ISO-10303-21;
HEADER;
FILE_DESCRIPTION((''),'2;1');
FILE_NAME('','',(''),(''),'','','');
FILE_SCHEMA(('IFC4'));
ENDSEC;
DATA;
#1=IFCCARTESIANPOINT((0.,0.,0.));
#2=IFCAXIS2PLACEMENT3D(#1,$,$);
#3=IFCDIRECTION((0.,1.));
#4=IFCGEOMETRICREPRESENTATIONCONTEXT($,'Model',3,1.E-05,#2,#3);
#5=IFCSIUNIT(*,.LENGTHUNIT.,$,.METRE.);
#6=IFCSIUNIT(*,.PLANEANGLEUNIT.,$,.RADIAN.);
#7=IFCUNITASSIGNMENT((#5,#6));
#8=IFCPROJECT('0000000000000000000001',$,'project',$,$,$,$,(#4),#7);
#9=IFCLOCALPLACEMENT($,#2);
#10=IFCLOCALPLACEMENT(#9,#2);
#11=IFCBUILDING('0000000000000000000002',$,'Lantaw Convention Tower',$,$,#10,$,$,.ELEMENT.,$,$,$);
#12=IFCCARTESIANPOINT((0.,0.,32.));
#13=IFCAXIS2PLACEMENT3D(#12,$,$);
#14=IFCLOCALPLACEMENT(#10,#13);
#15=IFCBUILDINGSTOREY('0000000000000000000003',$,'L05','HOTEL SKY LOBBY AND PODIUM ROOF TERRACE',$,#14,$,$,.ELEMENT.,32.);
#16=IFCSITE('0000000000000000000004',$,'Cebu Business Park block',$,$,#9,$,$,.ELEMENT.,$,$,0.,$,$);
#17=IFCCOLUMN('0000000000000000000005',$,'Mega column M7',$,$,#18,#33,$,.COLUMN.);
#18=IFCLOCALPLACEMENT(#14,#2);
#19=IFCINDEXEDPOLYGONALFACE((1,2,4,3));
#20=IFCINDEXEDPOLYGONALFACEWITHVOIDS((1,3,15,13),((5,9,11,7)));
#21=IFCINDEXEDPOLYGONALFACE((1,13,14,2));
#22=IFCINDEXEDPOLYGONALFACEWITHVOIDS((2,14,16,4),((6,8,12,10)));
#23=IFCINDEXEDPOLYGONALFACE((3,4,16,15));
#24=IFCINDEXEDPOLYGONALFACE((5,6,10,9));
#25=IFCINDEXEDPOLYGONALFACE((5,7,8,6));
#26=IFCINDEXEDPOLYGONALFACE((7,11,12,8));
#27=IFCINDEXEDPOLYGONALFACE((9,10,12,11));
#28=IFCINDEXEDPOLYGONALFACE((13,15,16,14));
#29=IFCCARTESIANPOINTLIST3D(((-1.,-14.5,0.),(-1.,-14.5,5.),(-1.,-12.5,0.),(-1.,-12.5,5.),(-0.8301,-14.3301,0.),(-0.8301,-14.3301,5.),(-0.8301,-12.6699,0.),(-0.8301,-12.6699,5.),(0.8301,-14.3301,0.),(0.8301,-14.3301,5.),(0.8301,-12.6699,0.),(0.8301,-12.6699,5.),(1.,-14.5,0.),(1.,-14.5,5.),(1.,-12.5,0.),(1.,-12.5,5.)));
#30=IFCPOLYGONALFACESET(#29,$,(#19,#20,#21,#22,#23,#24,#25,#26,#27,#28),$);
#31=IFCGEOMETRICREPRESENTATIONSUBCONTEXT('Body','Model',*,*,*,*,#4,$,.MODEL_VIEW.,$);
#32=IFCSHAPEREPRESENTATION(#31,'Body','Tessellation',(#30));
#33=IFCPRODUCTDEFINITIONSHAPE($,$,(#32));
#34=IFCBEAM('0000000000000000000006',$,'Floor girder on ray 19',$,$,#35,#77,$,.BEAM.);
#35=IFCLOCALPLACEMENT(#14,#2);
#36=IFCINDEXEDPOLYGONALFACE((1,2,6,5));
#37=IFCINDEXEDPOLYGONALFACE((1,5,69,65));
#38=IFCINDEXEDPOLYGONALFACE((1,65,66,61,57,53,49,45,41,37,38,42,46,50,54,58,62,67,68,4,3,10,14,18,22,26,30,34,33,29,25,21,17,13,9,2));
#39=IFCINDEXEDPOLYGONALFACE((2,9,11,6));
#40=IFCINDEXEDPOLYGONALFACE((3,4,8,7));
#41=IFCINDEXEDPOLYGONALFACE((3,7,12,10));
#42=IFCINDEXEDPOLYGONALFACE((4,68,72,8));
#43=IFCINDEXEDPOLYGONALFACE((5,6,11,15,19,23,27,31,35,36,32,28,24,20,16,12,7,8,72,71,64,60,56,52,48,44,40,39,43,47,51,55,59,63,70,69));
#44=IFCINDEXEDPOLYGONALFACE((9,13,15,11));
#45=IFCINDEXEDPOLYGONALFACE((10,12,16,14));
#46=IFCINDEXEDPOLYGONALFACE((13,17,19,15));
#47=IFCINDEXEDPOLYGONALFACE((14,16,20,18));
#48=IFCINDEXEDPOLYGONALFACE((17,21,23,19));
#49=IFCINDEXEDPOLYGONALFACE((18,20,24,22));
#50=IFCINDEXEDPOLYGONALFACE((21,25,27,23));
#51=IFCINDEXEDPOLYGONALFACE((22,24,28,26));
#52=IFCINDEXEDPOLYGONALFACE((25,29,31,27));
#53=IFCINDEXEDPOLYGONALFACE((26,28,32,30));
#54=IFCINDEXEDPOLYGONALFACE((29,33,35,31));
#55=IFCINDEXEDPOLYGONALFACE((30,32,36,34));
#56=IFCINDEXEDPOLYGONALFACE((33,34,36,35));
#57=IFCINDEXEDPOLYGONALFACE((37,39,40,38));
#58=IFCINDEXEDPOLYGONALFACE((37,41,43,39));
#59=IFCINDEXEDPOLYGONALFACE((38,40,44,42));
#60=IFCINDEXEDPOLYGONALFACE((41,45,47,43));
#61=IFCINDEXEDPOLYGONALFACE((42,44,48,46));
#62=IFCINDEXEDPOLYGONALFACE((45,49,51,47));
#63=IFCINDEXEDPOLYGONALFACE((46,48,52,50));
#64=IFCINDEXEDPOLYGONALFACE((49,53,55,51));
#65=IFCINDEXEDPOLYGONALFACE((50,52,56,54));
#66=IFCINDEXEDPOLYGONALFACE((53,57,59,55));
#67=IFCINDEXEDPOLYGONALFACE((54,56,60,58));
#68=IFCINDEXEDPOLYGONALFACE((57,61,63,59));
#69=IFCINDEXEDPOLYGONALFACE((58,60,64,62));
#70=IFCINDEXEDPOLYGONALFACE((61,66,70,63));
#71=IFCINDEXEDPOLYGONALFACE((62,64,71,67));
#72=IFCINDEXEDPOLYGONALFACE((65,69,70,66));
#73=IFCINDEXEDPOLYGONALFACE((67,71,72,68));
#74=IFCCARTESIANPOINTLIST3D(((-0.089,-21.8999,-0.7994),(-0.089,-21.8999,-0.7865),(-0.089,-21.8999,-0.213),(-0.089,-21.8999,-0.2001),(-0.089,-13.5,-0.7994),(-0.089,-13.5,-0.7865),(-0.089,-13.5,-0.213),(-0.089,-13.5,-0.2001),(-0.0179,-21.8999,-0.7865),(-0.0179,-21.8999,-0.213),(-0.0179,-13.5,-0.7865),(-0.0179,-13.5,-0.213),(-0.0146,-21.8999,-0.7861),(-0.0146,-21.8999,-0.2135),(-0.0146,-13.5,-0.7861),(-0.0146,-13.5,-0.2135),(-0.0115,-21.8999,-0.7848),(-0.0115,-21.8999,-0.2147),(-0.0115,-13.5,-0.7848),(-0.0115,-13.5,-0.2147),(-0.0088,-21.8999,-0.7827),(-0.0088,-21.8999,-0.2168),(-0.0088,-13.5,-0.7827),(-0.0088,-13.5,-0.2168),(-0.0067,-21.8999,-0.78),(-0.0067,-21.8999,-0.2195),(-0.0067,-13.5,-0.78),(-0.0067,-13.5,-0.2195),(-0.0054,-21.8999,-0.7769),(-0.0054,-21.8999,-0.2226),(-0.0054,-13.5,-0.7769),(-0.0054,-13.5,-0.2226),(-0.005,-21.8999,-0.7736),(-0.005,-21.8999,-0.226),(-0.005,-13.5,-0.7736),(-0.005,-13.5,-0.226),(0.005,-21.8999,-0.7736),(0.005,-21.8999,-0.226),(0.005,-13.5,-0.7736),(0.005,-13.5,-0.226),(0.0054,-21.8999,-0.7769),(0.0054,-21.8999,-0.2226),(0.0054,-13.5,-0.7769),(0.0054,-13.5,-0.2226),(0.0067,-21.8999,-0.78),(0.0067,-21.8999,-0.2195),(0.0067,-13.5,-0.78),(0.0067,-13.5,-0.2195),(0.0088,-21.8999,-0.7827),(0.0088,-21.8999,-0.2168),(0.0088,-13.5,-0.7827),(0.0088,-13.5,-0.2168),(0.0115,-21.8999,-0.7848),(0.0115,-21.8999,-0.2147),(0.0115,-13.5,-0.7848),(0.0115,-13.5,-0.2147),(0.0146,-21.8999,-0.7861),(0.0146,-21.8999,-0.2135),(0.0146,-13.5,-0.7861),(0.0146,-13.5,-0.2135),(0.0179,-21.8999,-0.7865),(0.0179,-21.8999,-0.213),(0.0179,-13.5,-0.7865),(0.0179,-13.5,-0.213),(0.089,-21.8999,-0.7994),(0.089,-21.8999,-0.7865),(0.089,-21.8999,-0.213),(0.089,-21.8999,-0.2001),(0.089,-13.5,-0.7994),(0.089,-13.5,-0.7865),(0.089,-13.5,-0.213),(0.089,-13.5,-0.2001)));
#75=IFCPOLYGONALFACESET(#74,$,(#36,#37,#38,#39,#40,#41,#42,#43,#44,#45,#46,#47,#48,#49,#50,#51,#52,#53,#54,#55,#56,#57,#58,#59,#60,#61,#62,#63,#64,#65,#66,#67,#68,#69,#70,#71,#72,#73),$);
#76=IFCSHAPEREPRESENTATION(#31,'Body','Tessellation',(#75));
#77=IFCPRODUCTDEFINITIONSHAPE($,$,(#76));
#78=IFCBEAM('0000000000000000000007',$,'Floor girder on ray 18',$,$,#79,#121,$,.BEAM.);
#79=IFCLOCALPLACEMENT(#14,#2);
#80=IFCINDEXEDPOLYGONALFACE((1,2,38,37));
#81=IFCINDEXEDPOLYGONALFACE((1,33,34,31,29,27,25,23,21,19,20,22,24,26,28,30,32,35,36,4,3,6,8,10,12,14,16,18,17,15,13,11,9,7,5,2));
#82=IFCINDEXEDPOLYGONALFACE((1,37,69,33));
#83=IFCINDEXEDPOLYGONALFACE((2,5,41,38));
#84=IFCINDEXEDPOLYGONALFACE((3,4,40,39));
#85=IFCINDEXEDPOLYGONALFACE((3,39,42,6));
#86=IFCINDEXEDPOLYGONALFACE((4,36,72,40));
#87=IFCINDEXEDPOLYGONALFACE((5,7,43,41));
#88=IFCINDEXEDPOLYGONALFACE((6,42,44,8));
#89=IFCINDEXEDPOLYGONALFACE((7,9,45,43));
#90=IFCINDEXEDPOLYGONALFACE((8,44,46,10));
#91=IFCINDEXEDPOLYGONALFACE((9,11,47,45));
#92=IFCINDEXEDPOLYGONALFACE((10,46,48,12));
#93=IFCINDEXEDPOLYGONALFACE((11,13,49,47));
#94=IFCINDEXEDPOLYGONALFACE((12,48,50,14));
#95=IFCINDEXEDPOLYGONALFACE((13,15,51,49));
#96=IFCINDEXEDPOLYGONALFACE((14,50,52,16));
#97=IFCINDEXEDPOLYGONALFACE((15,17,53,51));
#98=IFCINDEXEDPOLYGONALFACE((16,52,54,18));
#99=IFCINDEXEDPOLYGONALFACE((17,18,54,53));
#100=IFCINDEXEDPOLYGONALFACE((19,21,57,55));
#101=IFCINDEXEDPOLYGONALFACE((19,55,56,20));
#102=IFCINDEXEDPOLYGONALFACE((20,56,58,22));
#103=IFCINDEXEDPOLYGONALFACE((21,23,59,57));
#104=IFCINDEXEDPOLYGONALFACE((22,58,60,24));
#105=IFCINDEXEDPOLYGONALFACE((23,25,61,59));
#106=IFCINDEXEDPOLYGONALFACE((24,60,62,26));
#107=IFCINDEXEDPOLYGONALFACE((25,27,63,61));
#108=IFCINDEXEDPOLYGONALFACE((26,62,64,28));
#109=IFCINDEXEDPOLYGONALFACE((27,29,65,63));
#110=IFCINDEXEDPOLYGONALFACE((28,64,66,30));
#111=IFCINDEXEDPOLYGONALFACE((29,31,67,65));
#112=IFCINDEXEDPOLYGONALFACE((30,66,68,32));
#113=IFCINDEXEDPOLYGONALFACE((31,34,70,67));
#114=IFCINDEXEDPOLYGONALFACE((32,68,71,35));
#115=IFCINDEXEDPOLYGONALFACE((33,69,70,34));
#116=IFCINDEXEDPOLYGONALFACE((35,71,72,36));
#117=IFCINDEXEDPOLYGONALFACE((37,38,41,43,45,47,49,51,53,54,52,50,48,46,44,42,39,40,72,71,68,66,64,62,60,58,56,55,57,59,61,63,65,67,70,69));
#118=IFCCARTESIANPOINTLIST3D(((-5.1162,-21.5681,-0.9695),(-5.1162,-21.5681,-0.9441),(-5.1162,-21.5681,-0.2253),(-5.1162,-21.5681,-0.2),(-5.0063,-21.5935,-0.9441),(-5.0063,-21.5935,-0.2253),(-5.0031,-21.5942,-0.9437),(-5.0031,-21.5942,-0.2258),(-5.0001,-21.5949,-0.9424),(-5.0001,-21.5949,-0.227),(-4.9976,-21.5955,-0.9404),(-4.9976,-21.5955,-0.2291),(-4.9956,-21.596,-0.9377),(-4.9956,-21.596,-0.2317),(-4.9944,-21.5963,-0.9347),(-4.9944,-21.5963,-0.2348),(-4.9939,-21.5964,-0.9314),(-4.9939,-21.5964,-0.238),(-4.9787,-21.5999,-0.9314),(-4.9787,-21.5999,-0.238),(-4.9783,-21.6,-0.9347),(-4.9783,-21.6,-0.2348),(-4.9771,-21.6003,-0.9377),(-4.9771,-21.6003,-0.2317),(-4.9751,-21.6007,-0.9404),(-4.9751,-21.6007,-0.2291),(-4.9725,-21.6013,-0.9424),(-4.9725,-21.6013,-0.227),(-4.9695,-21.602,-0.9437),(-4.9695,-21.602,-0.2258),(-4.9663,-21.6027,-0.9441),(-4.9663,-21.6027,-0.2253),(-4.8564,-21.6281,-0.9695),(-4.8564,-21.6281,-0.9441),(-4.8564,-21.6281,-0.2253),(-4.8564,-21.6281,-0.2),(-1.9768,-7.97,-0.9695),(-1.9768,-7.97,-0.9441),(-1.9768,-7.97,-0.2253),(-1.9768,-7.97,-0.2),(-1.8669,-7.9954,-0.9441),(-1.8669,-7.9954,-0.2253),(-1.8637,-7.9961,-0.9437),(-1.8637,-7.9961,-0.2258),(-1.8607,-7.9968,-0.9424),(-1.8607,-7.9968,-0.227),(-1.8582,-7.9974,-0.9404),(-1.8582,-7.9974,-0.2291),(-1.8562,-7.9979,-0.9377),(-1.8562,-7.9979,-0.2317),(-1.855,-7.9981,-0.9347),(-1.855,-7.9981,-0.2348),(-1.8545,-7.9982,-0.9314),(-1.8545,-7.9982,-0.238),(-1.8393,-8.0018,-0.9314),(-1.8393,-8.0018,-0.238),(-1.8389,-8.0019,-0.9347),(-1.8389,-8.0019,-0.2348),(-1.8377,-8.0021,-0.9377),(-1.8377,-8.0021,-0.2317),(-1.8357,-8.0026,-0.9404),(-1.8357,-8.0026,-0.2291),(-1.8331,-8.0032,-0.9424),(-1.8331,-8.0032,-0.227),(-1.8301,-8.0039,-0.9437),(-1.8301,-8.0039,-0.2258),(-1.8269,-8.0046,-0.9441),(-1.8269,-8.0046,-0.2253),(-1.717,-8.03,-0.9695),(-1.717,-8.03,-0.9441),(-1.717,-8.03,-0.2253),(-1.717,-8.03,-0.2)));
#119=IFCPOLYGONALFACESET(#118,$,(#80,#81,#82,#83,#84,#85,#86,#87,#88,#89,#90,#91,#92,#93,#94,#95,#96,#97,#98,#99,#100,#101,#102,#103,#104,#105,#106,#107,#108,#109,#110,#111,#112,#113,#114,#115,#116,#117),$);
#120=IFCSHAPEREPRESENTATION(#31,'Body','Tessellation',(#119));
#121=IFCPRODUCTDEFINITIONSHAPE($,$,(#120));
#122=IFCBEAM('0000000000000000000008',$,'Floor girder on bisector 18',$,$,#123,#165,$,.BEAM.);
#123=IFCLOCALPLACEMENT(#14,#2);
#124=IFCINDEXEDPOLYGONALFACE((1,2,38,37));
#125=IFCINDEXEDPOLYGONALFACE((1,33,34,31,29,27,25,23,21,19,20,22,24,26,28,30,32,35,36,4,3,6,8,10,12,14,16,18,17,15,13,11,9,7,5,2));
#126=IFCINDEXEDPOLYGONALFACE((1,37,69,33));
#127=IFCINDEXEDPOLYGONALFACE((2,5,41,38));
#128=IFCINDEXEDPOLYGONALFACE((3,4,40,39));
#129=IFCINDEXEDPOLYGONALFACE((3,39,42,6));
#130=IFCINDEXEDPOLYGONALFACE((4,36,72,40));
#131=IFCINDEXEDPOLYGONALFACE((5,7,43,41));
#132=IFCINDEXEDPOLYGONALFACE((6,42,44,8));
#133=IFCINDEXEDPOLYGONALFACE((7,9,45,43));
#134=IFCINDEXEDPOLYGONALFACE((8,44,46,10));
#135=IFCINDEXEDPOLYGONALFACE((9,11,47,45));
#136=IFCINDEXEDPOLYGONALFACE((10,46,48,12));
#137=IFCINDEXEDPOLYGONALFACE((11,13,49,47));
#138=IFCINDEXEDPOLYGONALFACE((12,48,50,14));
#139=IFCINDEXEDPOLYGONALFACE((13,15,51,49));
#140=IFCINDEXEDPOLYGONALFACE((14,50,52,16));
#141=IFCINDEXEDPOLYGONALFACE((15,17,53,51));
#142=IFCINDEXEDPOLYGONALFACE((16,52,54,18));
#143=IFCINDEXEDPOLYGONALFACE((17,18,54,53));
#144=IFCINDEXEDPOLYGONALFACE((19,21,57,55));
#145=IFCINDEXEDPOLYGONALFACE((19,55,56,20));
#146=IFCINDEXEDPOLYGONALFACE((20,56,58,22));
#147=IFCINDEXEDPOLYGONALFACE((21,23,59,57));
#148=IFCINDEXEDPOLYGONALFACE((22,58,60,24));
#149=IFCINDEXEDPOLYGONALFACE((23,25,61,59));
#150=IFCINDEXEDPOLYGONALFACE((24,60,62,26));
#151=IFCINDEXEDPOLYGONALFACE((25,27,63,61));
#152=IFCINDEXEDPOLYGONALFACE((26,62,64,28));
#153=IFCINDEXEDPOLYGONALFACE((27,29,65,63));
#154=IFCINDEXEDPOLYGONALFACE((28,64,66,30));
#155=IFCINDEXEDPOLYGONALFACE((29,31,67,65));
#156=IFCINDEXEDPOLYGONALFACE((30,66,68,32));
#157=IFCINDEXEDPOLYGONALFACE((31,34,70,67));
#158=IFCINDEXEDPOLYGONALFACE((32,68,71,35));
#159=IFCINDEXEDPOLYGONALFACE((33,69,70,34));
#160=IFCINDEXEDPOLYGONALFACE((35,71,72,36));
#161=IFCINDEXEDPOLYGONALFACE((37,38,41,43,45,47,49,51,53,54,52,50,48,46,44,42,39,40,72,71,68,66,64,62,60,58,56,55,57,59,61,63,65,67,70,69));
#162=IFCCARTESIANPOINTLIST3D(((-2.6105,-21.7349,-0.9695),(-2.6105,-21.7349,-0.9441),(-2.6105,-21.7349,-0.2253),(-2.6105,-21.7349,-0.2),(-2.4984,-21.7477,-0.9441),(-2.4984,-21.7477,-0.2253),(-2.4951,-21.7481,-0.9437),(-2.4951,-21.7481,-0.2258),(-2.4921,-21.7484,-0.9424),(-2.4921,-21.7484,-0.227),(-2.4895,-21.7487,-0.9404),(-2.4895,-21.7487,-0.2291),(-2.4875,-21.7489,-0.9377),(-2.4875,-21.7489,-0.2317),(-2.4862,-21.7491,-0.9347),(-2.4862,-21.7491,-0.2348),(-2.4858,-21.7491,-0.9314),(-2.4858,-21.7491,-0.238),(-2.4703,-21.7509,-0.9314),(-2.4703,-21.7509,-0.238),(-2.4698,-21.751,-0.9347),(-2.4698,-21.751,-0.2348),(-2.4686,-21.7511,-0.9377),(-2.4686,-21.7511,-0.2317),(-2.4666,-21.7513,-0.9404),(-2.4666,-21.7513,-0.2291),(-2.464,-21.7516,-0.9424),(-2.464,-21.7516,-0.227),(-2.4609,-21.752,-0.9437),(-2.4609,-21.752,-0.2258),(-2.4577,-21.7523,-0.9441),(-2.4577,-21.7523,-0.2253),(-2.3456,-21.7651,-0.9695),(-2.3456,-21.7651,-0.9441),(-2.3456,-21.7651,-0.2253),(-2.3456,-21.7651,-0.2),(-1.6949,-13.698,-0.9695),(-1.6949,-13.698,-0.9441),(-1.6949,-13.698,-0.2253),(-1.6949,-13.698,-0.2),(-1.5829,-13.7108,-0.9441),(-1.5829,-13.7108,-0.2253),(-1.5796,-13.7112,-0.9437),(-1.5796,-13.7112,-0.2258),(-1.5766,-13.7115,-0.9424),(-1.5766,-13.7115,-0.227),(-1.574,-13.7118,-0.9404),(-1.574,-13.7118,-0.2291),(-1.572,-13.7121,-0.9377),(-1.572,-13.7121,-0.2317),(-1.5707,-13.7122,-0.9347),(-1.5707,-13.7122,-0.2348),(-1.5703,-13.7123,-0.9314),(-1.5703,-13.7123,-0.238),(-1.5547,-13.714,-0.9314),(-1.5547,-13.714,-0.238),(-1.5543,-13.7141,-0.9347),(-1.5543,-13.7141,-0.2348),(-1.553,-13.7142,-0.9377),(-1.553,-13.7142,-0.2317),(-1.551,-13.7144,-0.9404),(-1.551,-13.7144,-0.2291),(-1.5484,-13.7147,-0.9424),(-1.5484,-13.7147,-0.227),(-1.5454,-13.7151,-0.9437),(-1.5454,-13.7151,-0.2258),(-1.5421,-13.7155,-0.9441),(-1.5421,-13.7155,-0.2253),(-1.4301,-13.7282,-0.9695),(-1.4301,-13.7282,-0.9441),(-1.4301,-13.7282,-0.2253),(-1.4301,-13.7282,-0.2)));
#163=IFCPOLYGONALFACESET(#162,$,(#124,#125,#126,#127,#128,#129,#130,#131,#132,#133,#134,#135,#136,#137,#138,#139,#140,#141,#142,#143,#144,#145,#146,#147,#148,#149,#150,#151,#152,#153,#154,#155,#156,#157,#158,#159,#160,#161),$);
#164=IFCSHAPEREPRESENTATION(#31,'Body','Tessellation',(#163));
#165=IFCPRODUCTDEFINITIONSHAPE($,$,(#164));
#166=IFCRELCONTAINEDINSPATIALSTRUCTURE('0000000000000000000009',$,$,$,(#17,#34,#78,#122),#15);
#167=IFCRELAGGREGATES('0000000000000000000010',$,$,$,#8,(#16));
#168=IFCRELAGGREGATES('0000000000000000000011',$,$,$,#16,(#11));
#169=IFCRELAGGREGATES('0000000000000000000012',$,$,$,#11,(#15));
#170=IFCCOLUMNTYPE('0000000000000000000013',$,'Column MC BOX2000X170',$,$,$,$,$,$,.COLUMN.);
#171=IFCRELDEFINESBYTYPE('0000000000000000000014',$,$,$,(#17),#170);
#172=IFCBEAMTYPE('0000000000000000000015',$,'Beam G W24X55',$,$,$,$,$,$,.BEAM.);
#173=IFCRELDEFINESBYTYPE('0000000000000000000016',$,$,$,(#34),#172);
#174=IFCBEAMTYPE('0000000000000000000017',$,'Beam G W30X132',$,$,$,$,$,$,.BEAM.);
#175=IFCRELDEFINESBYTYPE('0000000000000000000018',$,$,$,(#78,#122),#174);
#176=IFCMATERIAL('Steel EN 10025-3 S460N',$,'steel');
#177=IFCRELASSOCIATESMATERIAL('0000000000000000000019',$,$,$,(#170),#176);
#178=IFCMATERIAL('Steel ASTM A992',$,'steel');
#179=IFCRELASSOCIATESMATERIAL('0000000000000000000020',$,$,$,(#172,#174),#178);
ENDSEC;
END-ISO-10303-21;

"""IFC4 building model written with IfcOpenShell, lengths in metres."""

from ifc_helpers import new_model, si_unit, direction, frame, origin, origin_2d, place, context, subcontext, project, spatial, rectangle, hollow_rectangle, i_section, extrude, material, material_profile, profile_set, type_object, element, save


model = new_model("IFC4")

# Units and contexts
model_context = context("Model", 3, precision=1e-05, world=origin(), true_north=direction((0.0, 1.0)))
body_context = subcontext(model_context, "Body", "Model", "MODEL_VIEW")
ifc_project = project(units=[si_unit("LENGTHUNIT", "METRE"), si_unit("PLANEANGLEUNIT", "RADIAN")], contexts=[model_context])

# Site, building, storey
site_placement = place(None, origin())
site = spatial("IfcSite", under=ifc_project, at=site_placement, Name="Cebu Business Park block", CompositionType="ELEMENT", RefElevation=0.0)
building_placement = place(site_placement, origin())
building = spatial("IfcBuilding", under=site, at=building_placement, Name="Lantaw Convention Tower", CompositionType="ELEMENT")
storey_placement = place(building_placement, frame((0.0, 0.0, 32.0)))
storey = spatial("IfcBuildingStorey", under=building, at=storey_placement, Name="L05", Description="HOTEL SKY LOBBY AND PODIUM ROOF TERRACE", CompositionType="ELEMENT", Elevation=32.0)

# Column
ifc_material_1 = material(Name="Steel EN 10025-3 S460N", Category="steel")
ifc_material_profile_1 = material_profile(ifc_material_1, hollow_rectangle(XDim=2.0, YDim=2.0, WallThickness=0.1699, at=origin_2d()), Name="BOX2000X170")
ifc_material_2 = material(Name="Concrete C60/75", Category="concrete")
ifc_material_profile_2 = material_profile(ifc_material_2, rectangle(XDim=1.6599, YDim=1.6599, at=origin_2d()), Name="Concrete fill of BOX2000X170")
ifc_profile_set_1 = profile_set([ifc_material_profile_1, ifc_material_profile_2], Name="Steel EN 10025-3 S460N")
column_type = type_object("IfcColumnType", Name="Column MC BOX2000X170", PredefinedType="COLUMN", material=ifc_profile_set_1)
column_placement = place(storey_placement, frame((0.0, -13.5, 0.0), z_axis=(0.0, 0.0, 1.0), x_axis=(1.0, 0.0, 0.0)))
element("IfcColumn", 1, at=column_placement, inside=storey, type_object=column_type, Name="Mega column M7", PredefinedType="COLUMN", context=body_context, shape_type="SweptSolid", body=[
    extrude(hollow_rectangle(XDim=2.0, YDim=2.0, WallThickness=0.1699, at=origin_2d()), origin(), (0.0, 0.0, 1.0), 5.0),
])

# Beams
ifc_material_3 = material(Name="Steel ASTM A992", Category="steel")
ifc_material_profile_3 = material_profile(ifc_material_3, i_section(OverallWidth=0.178, OverallDepth=0.5994, WebThickness=0.01, FlangeThickness=0.0129, FilletRadius=0.0129, at=origin_2d()), Name="W24X55")
ifc_profile_set_2 = profile_set([ifc_material_profile_3], Name="Steel ASTM A992")
beam_type_1 = type_object("IfcBeamType", Name="Beam G W24X55", PredefinedType="BEAM", material=ifc_profile_set_2)
beam_1_placement = place(storey_placement, frame((0.0, -13.5, -0.4998), z_axis=(0.0, -1.0, 0.0), x_axis=(1.0, 0.0, 0.0)))
element("IfcBeam", 2, at=beam_1_placement, inside=storey, type_object=beam_type_1, Name="Floor girder on ray 19", PredefinedType="BEAM", context=body_context, shape_type="SweptSolid", body=[
    extrude(i_section(OverallWidth=0.178, OverallDepth=0.5994, WebThickness=0.01, FlangeThickness=0.0129, FilletRadius=0.0129, at=origin_2d()), origin(), (0.0, 0.0, 1.0), 8.3999),
])
ifc_material_profile_4 = material_profile(ifc_material_3, i_section(OverallWidth=0.2666, OverallDepth=0.7695, WebThickness=0.0156, FlangeThickness=0.0254, FilletRadius=0.0127, at=origin_2d()), Name="W30X132")
ifc_profile_set_3 = profile_set([ifc_material_profile_4], Name="Steel ASTM A992")
beam_type_2 = type_object("IfcBeamType", Name="Beam G W30X132", PredefinedType="BEAM", material=ifc_profile_set_3)
beam_2_placement = place(storey_placement, frame((-1.8469, -8.0, -0.5847), z_axis=(-0.224953, -0.97437, 0.0), x_axis=(0.97437, -0.224953, 0.0)))
element("IfcBeam", 3, at=beam_2_placement, inside=storey, type_object=beam_type_2, Name="Floor girder on ray 18", PredefinedType="BEAM", context=body_context, shape_type="SweptSolid", body=[
    extrude(i_section(OverallWidth=0.2666, OverallDepth=0.7695, WebThickness=0.0156, FlangeThickness=0.0254, FilletRadius=0.0127, at=origin_2d()), origin(), (0.0, 0.0, 1.0), 13.9558),
])
beam_3_placement = place(storey_placement, frame((-1.5625, -13.7131, -0.5847), z_axis=(-0.113184, -0.993574, 0.0), x_axis=(0.993574, -0.113184, 0.0)))
element("IfcBeam", 4, at=beam_3_placement, inside=storey, type_object=beam_type_2, Name="Floor girder on bisector 18", PredefinedType="BEAM", context=body_context, shape_type="SweptSolid", body=[
    extrude(i_section(OverallWidth=0.2666, OverallDepth=0.7695, WebThickness=0.0156, FlangeThickness=0.0254, FilletRadius=0.0127, at=origin_2d()), origin(), (0.0, 0.0, 1.0), 8.0889),
])

save(model, "model.ifc")
